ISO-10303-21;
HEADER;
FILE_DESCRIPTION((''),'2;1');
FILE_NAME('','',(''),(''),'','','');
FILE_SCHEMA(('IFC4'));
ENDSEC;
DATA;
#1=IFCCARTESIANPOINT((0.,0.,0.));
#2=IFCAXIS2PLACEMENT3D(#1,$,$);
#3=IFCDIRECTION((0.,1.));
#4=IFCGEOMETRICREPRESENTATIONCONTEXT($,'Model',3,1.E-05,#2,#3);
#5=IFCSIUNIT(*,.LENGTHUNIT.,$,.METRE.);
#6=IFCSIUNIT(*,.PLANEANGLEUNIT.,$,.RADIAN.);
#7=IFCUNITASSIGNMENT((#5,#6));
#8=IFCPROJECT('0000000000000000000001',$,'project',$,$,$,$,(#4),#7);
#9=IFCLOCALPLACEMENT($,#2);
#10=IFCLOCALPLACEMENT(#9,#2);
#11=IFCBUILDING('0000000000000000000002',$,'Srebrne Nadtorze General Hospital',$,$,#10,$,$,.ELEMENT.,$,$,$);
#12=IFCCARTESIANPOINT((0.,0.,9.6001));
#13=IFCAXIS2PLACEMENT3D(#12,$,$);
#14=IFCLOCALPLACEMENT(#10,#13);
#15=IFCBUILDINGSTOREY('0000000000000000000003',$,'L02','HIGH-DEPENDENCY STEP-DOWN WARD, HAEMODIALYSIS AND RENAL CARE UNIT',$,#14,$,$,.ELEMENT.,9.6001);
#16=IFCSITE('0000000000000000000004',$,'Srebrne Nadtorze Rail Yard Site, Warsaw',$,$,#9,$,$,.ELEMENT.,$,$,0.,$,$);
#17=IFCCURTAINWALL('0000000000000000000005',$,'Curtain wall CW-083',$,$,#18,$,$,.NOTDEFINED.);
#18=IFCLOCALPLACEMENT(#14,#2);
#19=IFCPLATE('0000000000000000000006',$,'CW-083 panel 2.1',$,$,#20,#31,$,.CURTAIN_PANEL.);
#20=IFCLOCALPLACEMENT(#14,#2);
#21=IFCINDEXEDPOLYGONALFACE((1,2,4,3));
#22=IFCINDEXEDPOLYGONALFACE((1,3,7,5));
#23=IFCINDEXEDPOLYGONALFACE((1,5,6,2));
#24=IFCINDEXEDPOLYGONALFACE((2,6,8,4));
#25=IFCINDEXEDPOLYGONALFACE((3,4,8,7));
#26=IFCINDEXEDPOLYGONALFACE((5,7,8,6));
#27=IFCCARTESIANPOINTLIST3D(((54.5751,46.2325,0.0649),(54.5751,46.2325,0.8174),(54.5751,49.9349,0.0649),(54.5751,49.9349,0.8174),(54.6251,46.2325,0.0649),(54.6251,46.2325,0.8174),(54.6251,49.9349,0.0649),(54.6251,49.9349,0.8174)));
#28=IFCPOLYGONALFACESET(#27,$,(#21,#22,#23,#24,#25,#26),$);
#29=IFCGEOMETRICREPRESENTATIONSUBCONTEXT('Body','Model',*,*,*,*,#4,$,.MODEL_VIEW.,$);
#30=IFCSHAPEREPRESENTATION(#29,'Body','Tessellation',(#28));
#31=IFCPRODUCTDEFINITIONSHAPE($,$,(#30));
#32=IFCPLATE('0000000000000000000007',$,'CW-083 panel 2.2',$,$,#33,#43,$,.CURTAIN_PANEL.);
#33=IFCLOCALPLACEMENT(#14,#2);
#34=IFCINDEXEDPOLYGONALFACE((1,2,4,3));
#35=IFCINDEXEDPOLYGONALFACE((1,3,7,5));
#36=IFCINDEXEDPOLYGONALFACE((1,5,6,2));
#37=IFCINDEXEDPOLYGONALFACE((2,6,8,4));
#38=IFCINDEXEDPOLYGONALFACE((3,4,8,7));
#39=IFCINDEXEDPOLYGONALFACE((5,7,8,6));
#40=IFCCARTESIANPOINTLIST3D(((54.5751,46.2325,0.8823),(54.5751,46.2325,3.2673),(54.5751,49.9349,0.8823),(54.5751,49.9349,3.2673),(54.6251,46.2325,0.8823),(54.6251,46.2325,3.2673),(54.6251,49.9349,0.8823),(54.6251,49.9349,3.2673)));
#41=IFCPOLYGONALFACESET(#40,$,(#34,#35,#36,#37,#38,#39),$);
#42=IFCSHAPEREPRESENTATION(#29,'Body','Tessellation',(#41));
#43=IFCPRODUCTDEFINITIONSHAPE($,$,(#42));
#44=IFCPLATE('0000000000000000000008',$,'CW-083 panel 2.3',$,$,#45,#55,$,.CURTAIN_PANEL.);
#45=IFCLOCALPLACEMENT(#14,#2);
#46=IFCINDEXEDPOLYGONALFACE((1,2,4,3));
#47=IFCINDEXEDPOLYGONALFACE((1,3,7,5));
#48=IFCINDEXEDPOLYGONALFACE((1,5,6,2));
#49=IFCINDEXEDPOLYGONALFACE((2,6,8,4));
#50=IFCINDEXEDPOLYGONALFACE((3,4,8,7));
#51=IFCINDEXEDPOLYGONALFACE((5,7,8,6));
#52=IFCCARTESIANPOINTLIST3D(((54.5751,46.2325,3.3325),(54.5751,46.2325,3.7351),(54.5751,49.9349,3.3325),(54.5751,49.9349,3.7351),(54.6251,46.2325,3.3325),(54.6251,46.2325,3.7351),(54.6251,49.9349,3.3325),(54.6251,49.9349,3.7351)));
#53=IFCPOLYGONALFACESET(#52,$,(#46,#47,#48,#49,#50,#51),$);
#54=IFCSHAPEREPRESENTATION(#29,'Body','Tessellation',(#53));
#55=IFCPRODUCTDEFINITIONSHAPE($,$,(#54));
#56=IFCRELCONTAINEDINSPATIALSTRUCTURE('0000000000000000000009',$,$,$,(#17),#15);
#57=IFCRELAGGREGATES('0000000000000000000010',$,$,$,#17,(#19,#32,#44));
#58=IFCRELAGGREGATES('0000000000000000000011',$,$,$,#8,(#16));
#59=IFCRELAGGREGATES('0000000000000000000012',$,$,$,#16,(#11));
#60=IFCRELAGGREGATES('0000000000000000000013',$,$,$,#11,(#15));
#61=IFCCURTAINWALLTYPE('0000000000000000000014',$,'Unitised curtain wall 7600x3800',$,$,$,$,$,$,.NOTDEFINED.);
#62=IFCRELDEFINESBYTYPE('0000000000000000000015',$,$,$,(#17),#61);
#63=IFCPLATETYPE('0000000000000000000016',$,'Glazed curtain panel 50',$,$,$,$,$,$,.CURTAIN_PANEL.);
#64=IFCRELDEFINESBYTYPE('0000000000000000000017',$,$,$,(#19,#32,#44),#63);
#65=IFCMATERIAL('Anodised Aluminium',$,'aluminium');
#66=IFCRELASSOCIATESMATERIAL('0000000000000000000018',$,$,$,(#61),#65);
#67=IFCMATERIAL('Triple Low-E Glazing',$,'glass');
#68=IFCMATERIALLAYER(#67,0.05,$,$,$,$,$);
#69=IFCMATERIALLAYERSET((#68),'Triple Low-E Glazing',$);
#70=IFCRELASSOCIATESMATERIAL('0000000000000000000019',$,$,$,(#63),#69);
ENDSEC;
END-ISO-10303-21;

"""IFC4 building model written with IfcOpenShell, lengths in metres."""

from ifc_helpers import new_model, si_unit, direction, frame, origin, origin_2d, place, context, subcontext, project, spatial, rectangle, extrude, material, layer, layer_set, type_object, element, aggregate, save


model = new_model("IFC4")

# Units and contexts
model_context = context("Model", 3, precision=1e-05, world=origin(), true_north=direction((0.0, 1.0)))
body_context = subcontext(model_context, "Body", "Model", "MODEL_VIEW")
ifc_project = project(units=[si_unit("LENGTHUNIT", "METRE"), si_unit("PLANEANGLEUNIT", "RADIAN")], contexts=[model_context])

# Site, building, storey
site_placement = place(None, origin())
site = spatial("IfcSite", under=ifc_project, at=site_placement, Name="Srebrne Nadtorze Rail Yard Site, Warsaw", CompositionType="ELEMENT", RefElevation=0.0)
building_placement = place(site_placement, origin())
building = spatial("IfcBuilding", under=site, at=building_placement, Name="Srebrne Nadtorze General Hospital", CompositionType="ELEMENT")
storey_placement = place(building_placement, frame((0.0, 0.0, 9.6001)))
storey = spatial("IfcBuildingStorey", under=building, at=storey_placement, Name="L02", Description="HIGH-DEPENDENCY STEP-DOWN WARD, HAEMODIALYSIS AND RENAL CARE UNIT", CompositionType="ELEMENT", Elevation=9.6001)

# Curtain wall
ifc_material_1 = material(Name="Anodised Aluminium", Category="aluminium")
curtain_wall_type_1 = type_object("IfcCurtainWallType", Name="Unitised curtain wall 7600x3800", PredefinedType="NOTDEFINED", material=ifc_material_1)
curtain_wall_1_placement = place(storey_placement, origin())
curtain_wall_1 = element("IfcCurtainWall", 1, at=curtain_wall_1_placement, inside=storey, type_object=curtain_wall_type_1, Name="Curtain wall CW-083", PredefinedType="NOTDEFINED")

# Plates
ifc_material_2 = material(Name="Triple Low-E Glazing", Category="glass")
ifc_layer = layer(ifc_material_2, 0.05)
ifc_layer_set = layer_set([ifc_layer], Name="Triple Low-E Glazing")
plate_type = type_object("IfcPlateType", Name="Glazed curtain panel 50", PredefinedType="CURTAIN_PANEL", material=ifc_layer_set)
plate_1_placement = place(storey_placement, frame((54.6001, 48.0837, 0.0649), z_axis=(0.0, 0.0, 1.0), x_axis=(0.0, 1.0, 0.0)))
plate_1 = element("IfcPlate", 2, at=plate_1_placement, type_object=plate_type, Name="CW-083 panel 2.1", PredefinedType="CURTAIN_PANEL", context=body_context, shape_type="SweptSolid", body=[
    extrude(rectangle(XDim=3.7024, YDim=0.05, at=origin_2d()), origin(), (0.0, 0.0, 1.0), 0.7524),
])
plate_2_placement = place(storey_placement, frame((54.6001, 48.0837, 0.8823), z_axis=(0.0, 0.0, 1.0), x_axis=(0.0, 1.0, 0.0)))
plate_2 = element("IfcPlate", 3, at=plate_2_placement, type_object=plate_type, Name="CW-083 panel 2.2", PredefinedType="CURTAIN_PANEL", context=body_context, shape_type="SweptSolid", body=[
    extrude(rectangle(XDim=3.7024, YDim=0.05, at=origin_2d()), origin(), (0.0, 0.0, 1.0), 2.385),
])
plate_3_placement = place(storey_placement, frame((54.6001, 48.0837, 3.3325), z_axis=(0.0, 0.0, 1.0), x_axis=(0.0, 1.0, 0.0)))
plate_3 = element("IfcPlate", 4, at=plate_3_placement, type_object=plate_type, Name="CW-083 panel 2.3", PredefinedType="CURTAIN_PANEL", context=body_context, shape_type="SweptSolid", body=[
    extrude(rectangle(XDim=3.7024, YDim=0.05, at=origin_2d()), origin(), (0.0, 0.0, 1.0), 0.4026),
])
aggregate(curtain_wall_1, [plate_1, plate_2, plate_3])

save(model, "model.ifc")
